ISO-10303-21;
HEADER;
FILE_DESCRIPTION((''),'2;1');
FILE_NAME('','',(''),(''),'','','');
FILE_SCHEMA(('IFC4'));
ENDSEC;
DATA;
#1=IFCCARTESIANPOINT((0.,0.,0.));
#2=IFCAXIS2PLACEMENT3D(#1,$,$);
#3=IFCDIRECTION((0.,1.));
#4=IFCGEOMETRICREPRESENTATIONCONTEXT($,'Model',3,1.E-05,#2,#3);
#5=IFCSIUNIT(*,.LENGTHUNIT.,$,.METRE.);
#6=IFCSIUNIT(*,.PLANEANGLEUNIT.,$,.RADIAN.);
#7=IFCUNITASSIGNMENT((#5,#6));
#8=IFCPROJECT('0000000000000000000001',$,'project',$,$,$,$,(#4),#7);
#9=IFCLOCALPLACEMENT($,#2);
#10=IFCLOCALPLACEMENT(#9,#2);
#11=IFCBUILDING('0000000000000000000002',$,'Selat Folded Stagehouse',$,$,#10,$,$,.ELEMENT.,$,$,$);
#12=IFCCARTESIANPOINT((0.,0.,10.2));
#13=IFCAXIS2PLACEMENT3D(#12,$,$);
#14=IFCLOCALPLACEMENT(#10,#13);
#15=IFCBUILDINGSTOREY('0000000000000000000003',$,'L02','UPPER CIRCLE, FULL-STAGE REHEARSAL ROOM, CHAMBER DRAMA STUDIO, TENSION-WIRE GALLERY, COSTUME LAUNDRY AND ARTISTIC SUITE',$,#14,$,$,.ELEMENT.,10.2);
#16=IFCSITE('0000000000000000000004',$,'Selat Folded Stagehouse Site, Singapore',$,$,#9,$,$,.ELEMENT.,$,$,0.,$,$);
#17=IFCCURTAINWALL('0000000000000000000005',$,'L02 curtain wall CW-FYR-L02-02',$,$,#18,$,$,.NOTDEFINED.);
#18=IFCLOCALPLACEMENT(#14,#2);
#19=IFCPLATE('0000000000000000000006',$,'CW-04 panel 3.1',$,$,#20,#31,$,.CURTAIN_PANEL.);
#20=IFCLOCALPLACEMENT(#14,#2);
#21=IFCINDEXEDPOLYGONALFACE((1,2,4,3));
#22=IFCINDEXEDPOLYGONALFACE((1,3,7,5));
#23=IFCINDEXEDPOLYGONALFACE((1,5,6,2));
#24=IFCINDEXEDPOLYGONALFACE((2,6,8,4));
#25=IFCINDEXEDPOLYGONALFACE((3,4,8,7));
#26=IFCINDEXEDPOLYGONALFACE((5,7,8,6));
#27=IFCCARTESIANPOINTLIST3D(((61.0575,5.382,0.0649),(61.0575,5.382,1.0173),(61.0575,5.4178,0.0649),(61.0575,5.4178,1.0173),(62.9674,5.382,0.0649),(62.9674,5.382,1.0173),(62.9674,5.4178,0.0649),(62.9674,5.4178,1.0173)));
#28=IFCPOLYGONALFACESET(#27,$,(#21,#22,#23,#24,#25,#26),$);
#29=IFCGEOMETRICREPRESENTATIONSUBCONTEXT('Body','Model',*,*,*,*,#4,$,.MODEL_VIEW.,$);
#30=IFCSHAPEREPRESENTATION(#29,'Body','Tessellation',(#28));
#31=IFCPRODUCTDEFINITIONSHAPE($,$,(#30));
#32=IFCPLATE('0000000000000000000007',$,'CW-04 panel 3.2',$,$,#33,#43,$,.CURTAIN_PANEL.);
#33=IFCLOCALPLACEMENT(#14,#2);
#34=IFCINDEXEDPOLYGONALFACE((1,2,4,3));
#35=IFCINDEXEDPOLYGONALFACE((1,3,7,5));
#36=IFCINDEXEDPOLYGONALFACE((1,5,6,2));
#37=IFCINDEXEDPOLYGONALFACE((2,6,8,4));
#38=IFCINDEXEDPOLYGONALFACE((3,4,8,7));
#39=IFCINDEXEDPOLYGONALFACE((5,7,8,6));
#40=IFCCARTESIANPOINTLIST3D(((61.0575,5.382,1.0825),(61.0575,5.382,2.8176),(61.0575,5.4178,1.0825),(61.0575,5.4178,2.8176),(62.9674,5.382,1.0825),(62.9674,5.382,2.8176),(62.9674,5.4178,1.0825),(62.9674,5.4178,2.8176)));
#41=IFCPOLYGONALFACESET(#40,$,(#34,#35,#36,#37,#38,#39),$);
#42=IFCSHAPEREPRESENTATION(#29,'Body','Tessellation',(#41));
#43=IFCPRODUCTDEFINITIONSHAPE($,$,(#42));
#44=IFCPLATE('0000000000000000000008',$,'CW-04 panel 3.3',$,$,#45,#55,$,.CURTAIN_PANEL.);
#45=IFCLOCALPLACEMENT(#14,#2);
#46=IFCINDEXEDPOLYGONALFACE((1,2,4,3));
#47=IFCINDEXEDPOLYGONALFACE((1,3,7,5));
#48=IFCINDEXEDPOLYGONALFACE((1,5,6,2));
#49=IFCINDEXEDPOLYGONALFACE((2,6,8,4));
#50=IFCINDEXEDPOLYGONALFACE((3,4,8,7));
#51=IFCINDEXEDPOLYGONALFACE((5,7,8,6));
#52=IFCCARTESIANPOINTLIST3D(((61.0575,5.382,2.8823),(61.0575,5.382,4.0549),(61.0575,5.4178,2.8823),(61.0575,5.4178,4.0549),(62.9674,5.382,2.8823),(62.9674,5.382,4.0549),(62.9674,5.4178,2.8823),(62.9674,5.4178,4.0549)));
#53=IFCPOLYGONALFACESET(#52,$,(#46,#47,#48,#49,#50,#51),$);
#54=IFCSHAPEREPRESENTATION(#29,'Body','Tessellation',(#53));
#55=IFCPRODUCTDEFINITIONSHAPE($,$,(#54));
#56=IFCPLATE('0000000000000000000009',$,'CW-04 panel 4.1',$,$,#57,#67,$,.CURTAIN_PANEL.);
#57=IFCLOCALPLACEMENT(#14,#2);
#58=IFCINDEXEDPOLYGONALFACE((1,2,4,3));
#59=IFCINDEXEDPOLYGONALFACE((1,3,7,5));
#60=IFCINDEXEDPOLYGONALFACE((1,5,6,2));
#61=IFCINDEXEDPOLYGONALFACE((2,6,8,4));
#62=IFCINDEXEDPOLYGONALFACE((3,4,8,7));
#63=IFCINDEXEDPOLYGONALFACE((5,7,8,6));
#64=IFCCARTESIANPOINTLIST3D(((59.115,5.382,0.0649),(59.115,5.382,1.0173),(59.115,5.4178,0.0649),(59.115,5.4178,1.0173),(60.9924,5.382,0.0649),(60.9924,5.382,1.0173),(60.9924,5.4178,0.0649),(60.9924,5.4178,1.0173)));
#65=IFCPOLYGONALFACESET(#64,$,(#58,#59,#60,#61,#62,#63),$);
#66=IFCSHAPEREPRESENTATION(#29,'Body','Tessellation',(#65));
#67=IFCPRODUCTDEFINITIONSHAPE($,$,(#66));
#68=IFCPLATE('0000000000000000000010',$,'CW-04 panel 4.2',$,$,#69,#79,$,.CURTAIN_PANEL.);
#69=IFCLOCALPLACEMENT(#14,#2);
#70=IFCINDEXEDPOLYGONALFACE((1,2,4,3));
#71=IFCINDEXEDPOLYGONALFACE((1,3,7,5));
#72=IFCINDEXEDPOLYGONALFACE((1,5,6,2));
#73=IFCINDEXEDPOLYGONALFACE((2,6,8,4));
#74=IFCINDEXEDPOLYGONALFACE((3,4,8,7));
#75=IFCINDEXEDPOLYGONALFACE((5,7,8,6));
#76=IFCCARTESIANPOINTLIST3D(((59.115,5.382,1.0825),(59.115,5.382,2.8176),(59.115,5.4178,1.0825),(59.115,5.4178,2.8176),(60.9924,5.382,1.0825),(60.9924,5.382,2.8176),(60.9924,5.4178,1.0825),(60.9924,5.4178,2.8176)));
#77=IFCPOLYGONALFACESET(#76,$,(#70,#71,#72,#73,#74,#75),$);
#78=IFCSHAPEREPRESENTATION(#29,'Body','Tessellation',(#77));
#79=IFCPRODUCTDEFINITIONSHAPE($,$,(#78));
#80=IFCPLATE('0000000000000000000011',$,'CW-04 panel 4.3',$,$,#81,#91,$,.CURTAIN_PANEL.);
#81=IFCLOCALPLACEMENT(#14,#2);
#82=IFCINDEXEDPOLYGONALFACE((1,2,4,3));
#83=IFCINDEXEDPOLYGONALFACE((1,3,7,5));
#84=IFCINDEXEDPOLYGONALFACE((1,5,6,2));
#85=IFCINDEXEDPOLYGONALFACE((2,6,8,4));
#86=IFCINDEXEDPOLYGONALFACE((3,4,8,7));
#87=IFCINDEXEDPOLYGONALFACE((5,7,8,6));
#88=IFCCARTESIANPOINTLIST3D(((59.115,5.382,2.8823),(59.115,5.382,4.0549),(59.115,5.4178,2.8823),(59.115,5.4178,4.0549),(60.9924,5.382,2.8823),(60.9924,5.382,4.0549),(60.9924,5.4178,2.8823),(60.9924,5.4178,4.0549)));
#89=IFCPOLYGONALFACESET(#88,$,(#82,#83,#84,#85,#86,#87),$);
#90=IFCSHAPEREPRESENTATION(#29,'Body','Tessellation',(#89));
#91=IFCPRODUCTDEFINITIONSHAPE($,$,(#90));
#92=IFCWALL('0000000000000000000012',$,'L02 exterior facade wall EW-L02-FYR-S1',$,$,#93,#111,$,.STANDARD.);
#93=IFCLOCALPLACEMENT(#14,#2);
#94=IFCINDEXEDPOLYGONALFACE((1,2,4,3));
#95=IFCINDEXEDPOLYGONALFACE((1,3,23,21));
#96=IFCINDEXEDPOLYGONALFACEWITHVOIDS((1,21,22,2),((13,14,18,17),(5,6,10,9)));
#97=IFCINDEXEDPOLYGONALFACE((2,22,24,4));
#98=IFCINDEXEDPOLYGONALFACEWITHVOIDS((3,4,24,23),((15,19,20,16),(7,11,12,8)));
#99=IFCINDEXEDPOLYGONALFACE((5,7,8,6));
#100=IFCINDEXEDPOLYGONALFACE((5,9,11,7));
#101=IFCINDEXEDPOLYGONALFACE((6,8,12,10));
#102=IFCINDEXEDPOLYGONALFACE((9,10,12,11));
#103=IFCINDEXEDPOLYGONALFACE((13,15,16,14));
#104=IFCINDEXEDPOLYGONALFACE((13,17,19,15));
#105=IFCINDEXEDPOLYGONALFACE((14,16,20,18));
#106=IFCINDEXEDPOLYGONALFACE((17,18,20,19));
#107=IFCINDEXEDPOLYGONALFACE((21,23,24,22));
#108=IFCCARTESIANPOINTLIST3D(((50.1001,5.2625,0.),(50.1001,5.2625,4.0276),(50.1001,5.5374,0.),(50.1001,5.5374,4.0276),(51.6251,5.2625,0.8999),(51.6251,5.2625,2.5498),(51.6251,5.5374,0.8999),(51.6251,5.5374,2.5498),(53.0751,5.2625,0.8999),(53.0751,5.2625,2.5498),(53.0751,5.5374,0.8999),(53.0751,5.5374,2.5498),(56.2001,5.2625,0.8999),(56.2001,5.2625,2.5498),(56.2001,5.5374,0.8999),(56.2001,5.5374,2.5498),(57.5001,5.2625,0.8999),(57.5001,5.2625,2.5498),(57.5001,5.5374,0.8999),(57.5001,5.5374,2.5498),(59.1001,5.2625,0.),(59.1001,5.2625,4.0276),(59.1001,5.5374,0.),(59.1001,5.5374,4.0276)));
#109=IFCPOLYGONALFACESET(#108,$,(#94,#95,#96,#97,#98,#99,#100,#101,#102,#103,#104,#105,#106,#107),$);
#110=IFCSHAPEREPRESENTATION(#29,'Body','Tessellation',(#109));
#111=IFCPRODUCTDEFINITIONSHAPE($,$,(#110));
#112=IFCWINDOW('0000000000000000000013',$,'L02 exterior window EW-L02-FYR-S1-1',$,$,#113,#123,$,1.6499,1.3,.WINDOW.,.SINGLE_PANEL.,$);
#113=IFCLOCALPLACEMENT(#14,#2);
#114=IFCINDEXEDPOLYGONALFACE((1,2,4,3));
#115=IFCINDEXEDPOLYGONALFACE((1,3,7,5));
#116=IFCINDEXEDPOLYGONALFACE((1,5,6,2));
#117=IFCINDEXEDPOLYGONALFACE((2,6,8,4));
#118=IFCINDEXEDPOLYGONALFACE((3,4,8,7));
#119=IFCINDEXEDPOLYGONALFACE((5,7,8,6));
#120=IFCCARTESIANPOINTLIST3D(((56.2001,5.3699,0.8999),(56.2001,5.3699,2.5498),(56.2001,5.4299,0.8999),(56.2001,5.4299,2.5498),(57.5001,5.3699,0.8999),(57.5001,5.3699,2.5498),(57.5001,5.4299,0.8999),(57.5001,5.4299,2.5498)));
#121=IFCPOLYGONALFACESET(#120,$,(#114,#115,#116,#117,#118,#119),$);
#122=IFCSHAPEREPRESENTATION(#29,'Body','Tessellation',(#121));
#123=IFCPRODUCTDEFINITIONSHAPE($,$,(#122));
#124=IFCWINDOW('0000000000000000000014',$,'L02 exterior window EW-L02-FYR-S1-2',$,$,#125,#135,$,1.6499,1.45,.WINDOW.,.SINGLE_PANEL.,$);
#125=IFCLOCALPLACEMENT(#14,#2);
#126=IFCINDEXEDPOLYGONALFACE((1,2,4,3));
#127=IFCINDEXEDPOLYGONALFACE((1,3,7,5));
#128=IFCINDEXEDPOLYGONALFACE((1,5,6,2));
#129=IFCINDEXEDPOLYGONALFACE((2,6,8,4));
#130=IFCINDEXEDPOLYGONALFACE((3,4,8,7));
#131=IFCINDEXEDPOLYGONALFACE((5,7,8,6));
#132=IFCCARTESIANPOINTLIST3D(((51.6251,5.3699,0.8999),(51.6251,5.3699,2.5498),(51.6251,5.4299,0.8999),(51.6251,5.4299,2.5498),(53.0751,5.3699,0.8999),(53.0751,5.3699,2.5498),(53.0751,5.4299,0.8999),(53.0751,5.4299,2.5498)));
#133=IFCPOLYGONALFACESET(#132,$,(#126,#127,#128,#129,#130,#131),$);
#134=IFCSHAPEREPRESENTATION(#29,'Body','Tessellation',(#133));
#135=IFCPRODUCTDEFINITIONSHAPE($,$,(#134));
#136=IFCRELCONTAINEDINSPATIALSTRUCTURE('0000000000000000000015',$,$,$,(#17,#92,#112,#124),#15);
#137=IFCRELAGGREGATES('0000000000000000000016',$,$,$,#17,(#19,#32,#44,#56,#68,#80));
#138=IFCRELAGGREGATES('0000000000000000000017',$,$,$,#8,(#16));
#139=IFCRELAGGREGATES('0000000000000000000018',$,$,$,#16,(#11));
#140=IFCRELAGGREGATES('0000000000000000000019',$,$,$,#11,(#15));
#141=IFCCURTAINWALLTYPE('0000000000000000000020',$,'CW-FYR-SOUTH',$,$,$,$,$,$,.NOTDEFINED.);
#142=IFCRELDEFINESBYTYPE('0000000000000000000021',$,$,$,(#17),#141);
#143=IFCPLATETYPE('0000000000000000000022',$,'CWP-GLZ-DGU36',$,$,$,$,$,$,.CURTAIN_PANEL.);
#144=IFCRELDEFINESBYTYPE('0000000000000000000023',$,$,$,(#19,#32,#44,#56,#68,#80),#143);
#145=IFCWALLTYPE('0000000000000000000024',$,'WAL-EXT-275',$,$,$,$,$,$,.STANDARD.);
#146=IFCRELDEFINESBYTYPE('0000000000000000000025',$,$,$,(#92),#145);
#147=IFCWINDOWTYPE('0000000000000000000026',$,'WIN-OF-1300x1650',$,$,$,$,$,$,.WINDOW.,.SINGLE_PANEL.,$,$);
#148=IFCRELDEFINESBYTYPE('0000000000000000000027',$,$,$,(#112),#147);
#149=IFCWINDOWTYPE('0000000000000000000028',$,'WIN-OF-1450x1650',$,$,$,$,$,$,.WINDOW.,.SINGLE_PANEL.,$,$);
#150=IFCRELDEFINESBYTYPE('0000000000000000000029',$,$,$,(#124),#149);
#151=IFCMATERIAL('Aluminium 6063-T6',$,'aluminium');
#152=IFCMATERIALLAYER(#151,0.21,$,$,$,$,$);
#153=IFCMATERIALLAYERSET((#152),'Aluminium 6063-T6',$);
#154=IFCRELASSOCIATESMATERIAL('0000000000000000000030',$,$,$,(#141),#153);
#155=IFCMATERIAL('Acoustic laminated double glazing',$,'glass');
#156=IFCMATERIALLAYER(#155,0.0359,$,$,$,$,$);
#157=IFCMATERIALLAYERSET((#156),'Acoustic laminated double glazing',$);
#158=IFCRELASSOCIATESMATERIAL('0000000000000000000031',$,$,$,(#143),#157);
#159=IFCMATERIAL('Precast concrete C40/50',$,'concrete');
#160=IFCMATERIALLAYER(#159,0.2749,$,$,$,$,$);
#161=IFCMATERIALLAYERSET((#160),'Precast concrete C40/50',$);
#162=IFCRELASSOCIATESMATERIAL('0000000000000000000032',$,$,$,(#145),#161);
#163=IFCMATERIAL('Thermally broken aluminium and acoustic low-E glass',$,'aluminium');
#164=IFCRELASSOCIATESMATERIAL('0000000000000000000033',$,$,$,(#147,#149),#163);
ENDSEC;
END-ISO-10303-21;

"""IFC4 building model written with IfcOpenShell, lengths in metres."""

from ifc_helpers import new_model, si_unit, direction, frame, frame_2d, origin, origin_2d, place, context, subcontext, project, spatial, rectangle, extrude, material, layer, layer_set, type_object, element, fill, aggregate, save


model = new_model("IFC4")

# Units and contexts
model_context = context("Model", 3, precision=1e-05, world=origin(), true_north=direction((0.0, 1.0)))
body_context = subcontext(model_context, "Body", "Model", "MODEL_VIEW")
ifc_project = project(units=[si_unit("LENGTHUNIT", "METRE"), si_unit("PLANEANGLEUNIT", "RADIAN")], contexts=[model_context])

# Site, building, storey
site_placement = place(None, origin())
site = spatial("IfcSite", under=ifc_project, at=site_placement, Name="Selat Folded Stagehouse Site, Singapore", CompositionType="ELEMENT", RefElevation=0.0)
building_placement = place(site_placement, origin())
building = spatial("IfcBuilding", under=site, at=building_placement, Name="Selat Folded Stagehouse", CompositionType="ELEMENT")
storey_placement = place(building_placement, frame((0.0, 0.0, 10.2)))
storey = spatial("IfcBuildingStorey", under=building, at=storey_placement, Name="L02", Description="UPPER CIRCLE, FULL-STAGE REHEARSAL ROOM, CHAMBER DRAMA STUDIO, TENSION-WIRE GALLERY, COSTUME LAUNDRY AND ARTISTIC SUITE", CompositionType="ELEMENT", Elevation=10.2)

# Curtain wall
ifc_material_1 = material(Name="Aluminium 6063-T6", Category="aluminium")
ifc_layer_1 = layer(ifc_material_1, 0.21)
ifc_layer_set_1 = layer_set([ifc_layer_1], Name="Aluminium 6063-T6")
curtain_wall_type = type_object("IfcCurtainWallType", Name="CW-FYR-SOUTH", PredefinedType="NOTDEFINED", material=ifc_layer_set_1)
curtain_wall_placement = place(storey_placement, origin())
curtain_wall = element("IfcCurtainWall", 1, at=curtain_wall_placement, inside=storey, type_object=curtain_wall_type, Name="L02 curtain wall CW-FYR-L02-02", PredefinedType="NOTDEFINED")

# Plates
ifc_material_2 = material(Name="Acoustic laminated double glazing", Category="glass")
ifc_layer_2 = layer(ifc_material_2, 0.0359)
ifc_layer_set_2 = layer_set([ifc_layer_2], Name="Acoustic laminated double glazing")
plate_type = type_object("IfcPlateType", Name="CWP-GLZ-DGU36", PredefinedType="CURTAIN_PANEL", material=ifc_layer_set_2)
plate_1_placement = place(storey_placement, frame((62.0125, 5.3999, 0.0649), z_axis=(0.0, 0.0, 1.0), x_axis=(-1.0, 0.0, 0.0)))
plate_1 = element("IfcPlate", 2, at=plate_1_placement, type_object=plate_type, Name="CW-04 panel 3.1", PredefinedType="CURTAIN_PANEL", context=body_context, shape_type="SweptSolid", body=[
    extrude(rectangle(XDim=1.9099, YDim=0.0359, at=origin_2d()), origin(), (0.0, 0.0, 1.0), 0.9524),
])
plate_2_placement = place(storey_placement, frame((62.0125, 5.3999, 1.0825), z_axis=(0.0, 0.0, 1.0), x_axis=(-1.0, 0.0, 0.0)))
plate_2 = element("IfcPlate", 3, at=plate_2_placement, type_object=plate_type, Name="CW-04 panel 3.2", PredefinedType="CURTAIN_PANEL", context=body_context, shape_type="SweptSolid", body=[
    extrude(rectangle(XDim=1.9099, YDim=0.0359, at=origin_2d()), origin(), (0.0, 0.0, 1.0), 1.7351),
])
plate_3_placement = place(storey_placement, frame((62.0125, 5.3999, 2.8823), z_axis=(0.0, 0.0, 1.0), x_axis=(-1.0, 0.0, 0.0)))
plate_3 = element("IfcPlate", 4, at=plate_3_placement, type_object=plate_type, Name="CW-04 panel 3.3", PredefinedType="CURTAIN_PANEL", context=body_context, shape_type="SweptSolid", body=[
    extrude(rectangle(XDim=1.9099, YDim=0.0359, at=origin_2d()), origin(), (0.0, 0.0, 1.0), 1.1726),
])
plate_4_placement = place(storey_placement, frame((60.0537, 5.3999, 0.0649), z_axis=(0.0, 0.0, 1.0), x_axis=(-1.0, 0.0, 0.0)))
plate_4 = element("IfcPlate", 5, at=plate_4_placement, type_object=plate_type, Name="CW-04 panel 4.1", PredefinedType="CURTAIN_PANEL", context=body_context, shape_type="SweptSolid", body=[
    extrude(rectangle(XDim=1.8774, YDim=0.0359, at=origin_2d()), origin(), (0.0, 0.0, 1.0), 0.9524),
])
plate_5_placement = place(storey_placement, frame((60.0537, 5.3999, 1.0825), z_axis=(0.0, 0.0, 1.0), x_axis=(-1.0, 0.0, 0.0)))
plate_5 = element("IfcPlate", 6, at=plate_5_placement, type_object=plate_type, Name="CW-04 panel 4.2", PredefinedType="CURTAIN_PANEL", context=body_context, shape_type="SweptSolid", body=[
    extrude(rectangle(XDim=1.8774, YDim=0.0359, at=origin_2d()), origin(), (0.0, 0.0, 1.0), 1.7351),
])
plate_6_placement = place(storey_placement, frame((60.0537, 5.3999, 2.8823), z_axis=(0.0, 0.0, 1.0), x_axis=(-1.0, 0.0, 0.0)))
plate_6 = element("IfcPlate", 7, at=plate_6_placement, type_object=plate_type, Name="CW-04 panel 4.3", PredefinedType="CURTAIN_PANEL", context=body_context, shape_type="SweptSolid", body=[
    extrude(rectangle(XDim=1.8774, YDim=0.0359, at=origin_2d()), origin(), (0.0, 0.0, 1.0), 1.1726),
])
aggregate(curtain_wall, [plate_1, plate_2, plate_3, plate_4, plate_5, plate_6])

# Wall, openings, windows
ifc_material_3 = material(Name="Precast concrete C40/50", Category="concrete")
ifc_layer_3 = layer(ifc_material_3, 0.2749)
ifc_layer_set_3 = layer_set([ifc_layer_3], Name="Precast concrete C40/50")
wall_type = type_object("IfcWallType", Name="WAL-EXT-275", PredefinedType="STANDARD", material=ifc_layer_set_3)
wall_placement = place(storey_placement, frame((59.1001, 5.3999, 0.0), z_axis=(0.0, 0.0, 1.0), x_axis=(-1.0, 0.0, 0.0)))
wall = element("IfcWall", 8, at=wall_placement, inside=storey, type_object=wall_type, Name="L02 exterior facade wall EW-L02-FYR-S1", PredefinedType="STANDARD", context=body_context, shape_type="SweptSolid", body=[
    extrude(rectangle(XDim=9.0, YDim=0.2749, at=frame_2d((4.5, 0.0))), origin(), (0.0, 0.0, 1.0), 4.0276),
])
opening_1_placement = place(wall_placement, frame((1.6001, 0.0, 0.8999)))
opening_1 = element("IfcOpeningElement", 9, at=opening_1_placement, cuts=wall, PredefinedType="OPENING", context=body_context, shape_type="SweptSolid", body=[
    extrude(rectangle(XDim=1.3, YDim=1.6499, at=frame_2d((0.6499, 0.825))), frame((0.0, 0.1475, 0.0), z_axis=(0.0, -1.0, 0.0), x_axis=(1.0, 0.0, 0.0)), (0.0, 0.0, 1.0), 0.2949),
])
opening_2_placement = place(wall_placement, frame((6.0249, 0.0, 0.8999)))
opening_2 = element("IfcOpeningElement", 10, at=opening_2_placement, cuts=wall, PredefinedType="OPENING", context=body_context, shape_type="SweptSolid", body=[
    extrude(rectangle(XDim=1.45, YDim=1.6499, at=frame_2d((0.7251, 0.825))), frame((0.0, 0.1475, 0.0), z_axis=(0.0, -1.0, 0.0), x_axis=(1.0, 0.0, 0.0)), (0.0, 0.0, 1.0), 0.2949),
])
ifc_material_4 = material(Name="Thermally broken aluminium and acoustic low-E glass", Category="aluminium")
window_type_1 = type_object("IfcWindowType", Name="WIN-OF-1300x1650", PartitioningType="SINGLE_PANEL", PredefinedType="WINDOW", material=ifc_material_4)
window_1_placement = place(opening_1_placement, origin())
window_1 = element("IfcWindow", 11, at=window_1_placement, inside=storey, type_object=window_type_1, Name="L02 exterior window EW-L02-FYR-S1-1", OverallHeight=1.6499, OverallWidth=1.3, PartitioningType="SINGLE_PANEL", PredefinedType="WINDOW", context=body_context, shape_type="SweptSolid", body=[
    extrude(rectangle(XDim=1.3, YDim=1.6499, at=frame_2d((0.6499, 0.825))), frame((0.0, 0.03, 0.0), z_axis=(0.0, -1.0, 0.0), x_axis=(1.0, 0.0, 0.0)), (0.0, 0.0, 1.0), 0.0601),
])
fill(opening_1, window_1)
window_type_2 = type_object("IfcWindowType", Name="WIN-OF-1450x1650", PartitioningType="SINGLE_PANEL", PredefinedType="WINDOW", material=ifc_material_4)
window_2_placement = place(opening_2_placement, origin())
window_2 = element("IfcWindow", 12, at=window_2_placement, inside=storey, type_object=window_type_2, Name="L02 exterior window EW-L02-FYR-S1-2", OverallHeight=1.6499, OverallWidth=1.45, PartitioningType="SINGLE_PANEL", PredefinedType="WINDOW", context=body_context, shape_type="SweptSolid", body=[
    extrude(rectangle(XDim=1.45, YDim=1.6499, at=frame_2d((0.7251, 0.825))), frame((0.0, 0.03, 0.0), z_axis=(0.0, -1.0, 0.0), x_axis=(1.0, 0.0, 0.0)), (0.0, 0.0, 1.0), 0.0601),
])
fill(opening_2, window_2)

save(model, "model.ifc")
